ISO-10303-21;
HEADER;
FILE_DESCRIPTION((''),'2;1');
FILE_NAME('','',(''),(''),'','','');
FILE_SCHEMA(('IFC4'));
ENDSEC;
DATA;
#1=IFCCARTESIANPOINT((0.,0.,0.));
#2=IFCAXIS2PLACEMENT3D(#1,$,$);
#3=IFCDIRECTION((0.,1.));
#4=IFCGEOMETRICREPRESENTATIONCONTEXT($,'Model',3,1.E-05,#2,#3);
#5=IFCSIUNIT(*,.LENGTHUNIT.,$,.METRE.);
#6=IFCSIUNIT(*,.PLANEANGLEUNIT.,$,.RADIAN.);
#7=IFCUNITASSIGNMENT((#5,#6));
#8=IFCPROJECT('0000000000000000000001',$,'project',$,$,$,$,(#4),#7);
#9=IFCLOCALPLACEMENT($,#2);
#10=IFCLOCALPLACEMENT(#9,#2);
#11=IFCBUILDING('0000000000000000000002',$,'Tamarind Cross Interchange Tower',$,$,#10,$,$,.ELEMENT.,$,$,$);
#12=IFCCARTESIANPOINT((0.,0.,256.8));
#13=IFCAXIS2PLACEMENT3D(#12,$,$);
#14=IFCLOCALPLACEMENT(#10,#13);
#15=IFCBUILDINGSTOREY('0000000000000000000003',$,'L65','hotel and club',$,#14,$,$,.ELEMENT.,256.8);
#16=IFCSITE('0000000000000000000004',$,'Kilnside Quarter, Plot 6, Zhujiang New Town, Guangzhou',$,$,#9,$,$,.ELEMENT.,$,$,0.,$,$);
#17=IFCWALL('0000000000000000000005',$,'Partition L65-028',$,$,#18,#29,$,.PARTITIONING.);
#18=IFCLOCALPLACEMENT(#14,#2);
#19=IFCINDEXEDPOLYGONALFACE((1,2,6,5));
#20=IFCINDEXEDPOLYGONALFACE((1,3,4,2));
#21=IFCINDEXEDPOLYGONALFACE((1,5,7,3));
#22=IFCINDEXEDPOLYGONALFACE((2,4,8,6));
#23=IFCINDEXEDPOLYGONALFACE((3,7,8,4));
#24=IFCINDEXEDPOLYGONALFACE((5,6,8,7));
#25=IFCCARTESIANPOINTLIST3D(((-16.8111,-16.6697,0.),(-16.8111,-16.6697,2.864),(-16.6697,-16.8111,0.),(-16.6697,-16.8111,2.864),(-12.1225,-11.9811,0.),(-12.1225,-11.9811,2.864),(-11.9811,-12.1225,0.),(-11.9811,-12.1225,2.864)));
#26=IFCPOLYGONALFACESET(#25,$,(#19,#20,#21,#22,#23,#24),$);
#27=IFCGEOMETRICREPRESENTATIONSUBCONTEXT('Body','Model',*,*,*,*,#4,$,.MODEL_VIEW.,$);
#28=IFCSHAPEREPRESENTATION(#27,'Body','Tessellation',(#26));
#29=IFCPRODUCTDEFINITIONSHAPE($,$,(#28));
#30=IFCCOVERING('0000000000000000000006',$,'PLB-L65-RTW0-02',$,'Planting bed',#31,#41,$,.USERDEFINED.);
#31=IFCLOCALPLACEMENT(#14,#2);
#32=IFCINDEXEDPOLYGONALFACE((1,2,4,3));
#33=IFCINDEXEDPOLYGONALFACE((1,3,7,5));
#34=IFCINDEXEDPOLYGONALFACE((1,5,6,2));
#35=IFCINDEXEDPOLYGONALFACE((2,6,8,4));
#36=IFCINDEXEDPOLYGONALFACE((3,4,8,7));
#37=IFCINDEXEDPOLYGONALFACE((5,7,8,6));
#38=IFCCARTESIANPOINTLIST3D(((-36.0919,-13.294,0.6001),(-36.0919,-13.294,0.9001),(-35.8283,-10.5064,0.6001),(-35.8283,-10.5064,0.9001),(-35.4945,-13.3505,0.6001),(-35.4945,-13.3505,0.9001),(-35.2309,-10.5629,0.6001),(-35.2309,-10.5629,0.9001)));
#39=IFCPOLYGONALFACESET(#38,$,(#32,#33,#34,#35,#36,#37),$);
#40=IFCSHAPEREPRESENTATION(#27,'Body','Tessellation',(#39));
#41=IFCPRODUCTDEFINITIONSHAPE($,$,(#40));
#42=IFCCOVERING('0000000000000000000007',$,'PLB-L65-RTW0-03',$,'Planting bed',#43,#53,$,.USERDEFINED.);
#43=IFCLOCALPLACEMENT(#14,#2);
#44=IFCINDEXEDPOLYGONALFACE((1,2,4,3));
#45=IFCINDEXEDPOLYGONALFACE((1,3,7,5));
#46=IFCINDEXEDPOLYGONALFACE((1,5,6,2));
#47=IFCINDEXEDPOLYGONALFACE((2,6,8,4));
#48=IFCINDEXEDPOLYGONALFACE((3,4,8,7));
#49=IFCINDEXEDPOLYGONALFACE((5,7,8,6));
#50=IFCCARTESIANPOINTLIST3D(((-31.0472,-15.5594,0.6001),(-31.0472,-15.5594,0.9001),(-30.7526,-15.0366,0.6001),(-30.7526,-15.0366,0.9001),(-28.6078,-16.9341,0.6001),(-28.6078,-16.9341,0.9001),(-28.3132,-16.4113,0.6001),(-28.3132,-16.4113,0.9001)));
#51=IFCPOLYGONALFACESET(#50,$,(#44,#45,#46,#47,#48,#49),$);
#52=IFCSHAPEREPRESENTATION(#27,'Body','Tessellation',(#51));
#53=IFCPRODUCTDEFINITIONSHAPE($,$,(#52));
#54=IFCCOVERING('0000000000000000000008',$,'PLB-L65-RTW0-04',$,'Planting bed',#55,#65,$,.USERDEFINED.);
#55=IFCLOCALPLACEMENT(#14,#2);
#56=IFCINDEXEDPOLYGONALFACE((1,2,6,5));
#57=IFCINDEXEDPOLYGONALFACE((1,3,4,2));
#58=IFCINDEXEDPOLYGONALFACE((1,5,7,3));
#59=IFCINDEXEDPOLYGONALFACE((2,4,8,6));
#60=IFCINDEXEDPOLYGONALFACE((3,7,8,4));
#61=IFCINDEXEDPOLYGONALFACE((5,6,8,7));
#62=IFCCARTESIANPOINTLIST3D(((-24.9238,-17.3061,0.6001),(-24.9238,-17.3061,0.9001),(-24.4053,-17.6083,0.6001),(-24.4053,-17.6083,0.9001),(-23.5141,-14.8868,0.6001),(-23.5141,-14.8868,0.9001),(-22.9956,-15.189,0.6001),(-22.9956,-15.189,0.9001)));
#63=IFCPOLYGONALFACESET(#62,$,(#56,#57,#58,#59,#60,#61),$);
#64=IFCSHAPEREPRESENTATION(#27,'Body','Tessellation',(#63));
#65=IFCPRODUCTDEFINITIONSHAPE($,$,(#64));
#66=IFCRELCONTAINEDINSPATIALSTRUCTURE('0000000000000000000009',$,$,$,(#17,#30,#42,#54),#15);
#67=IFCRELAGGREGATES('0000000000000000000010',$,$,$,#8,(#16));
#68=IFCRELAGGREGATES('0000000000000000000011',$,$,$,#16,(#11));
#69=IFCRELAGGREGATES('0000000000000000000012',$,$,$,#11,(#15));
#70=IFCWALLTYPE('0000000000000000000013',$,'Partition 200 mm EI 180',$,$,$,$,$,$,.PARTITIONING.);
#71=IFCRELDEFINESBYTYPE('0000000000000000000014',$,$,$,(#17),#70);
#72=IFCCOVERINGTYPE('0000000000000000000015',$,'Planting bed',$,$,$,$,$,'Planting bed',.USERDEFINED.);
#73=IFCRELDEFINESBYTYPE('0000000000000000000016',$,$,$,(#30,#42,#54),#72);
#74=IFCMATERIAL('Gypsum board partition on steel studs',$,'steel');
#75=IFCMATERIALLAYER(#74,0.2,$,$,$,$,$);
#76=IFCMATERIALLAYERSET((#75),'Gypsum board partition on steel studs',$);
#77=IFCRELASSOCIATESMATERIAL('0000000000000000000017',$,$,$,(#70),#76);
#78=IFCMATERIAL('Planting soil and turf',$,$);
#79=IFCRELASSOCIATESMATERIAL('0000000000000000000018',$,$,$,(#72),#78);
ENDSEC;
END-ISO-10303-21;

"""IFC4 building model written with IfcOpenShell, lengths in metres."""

from ifc_helpers import new_model, si_unit, direction, frame, frame_2d, origin, origin_2d, place, context, subcontext, project, spatial, rectangle, extrude, material, layer, layer_set, type_object, element, save


model = new_model("IFC4")

# Units and contexts
model_context = context("Model", 3, precision=1e-05, world=origin(), true_north=direction((0.0, 1.0)))
body_context = subcontext(model_context, "Body", "Model", "MODEL_VIEW")
ifc_project = project(units=[si_unit("LENGTHUNIT", "METRE"), si_unit("PLANEANGLEUNIT", "RADIAN")], contexts=[model_context])

# Site, building, storey
site_placement = place(None, origin())
site = spatial("IfcSite", under=ifc_project, at=site_placement, Name="Kilnside Quarter, Plot 6, Zhujiang New Town, Guangzhou", CompositionType="ELEMENT", RefElevation=0.0)
building_placement = place(site_placement, origin())
building = spatial("IfcBuilding", under=site, at=building_placement, Name="Tamarind Cross Interchange Tower", CompositionType="ELEMENT")
storey_placement = place(building_placement, frame((0.0, 0.0, 256.8)))
storey = spatial("IfcBuildingStorey", under=building, at=storey_placement, Name="L65", Description="hotel and club", CompositionType="ELEMENT", Elevation=256.8)

# Shared definitions
ifc_material_1 = material(Name="Gypsum board partition on steel studs", Category="steel")

# Shared definitions
ifc_layer_1 = layer(ifc_material_1, 0.2)
ifc_layer_set_1 = layer_set([ifc_layer_1], Name="Gypsum board partition on steel studs")
wall_type_1 = type_object("IfcWallType", Name="Partition 200 mm EI 180", PredefinedType="PARTITIONING", material=ifc_layer_set_1)

# Wall
wall_1_placement = place(storey_placement, frame((-16.7405, -16.7405, 0.0), z_axis=(0.0, 0.0, 1.0), x_axis=(0.707107, 0.707107, 0.0)))
element("IfcWall", 1, at=wall_1_placement, inside=storey, type_object=wall_type_1, Name="Partition L65-028", PredefinedType="PARTITIONING", context=body_context, shape_type="SweptSolid", body=[
    extrude(rectangle(XDim=6.6306, YDim=0.2, at=frame_2d((3.3154, 0.0))), origin(), (0.0, 0.0, 1.0), 2.864),
])

# Coverings
ifc_material_2 = material(Name="Planting soil and turf")
covering_type = type_object("IfcCoveringType", Name="Planting bed", ElementType="Planting bed", PredefinedType="USERDEFINED", material=ifc_material_2)
for number, where, z_axis, x_axis, name in (
    (2, (-35.6614, -11.9285, 0.6001), (0.0, 0.0, 1.0), (-0.094136, -0.995559, 0.0), "PLB-L65-RTW0-02"),
    (3, (-29.6802, -15.9854, 0.6001), (0.0, 0.0, 1.0), (0.8712, -0.490928, 0.0), "PLB-L65-RTW0-03"),
    (4, (-23.9597, -16.2476, 0.6001), (0.0, 0.0, 1.0), (0.503461, 0.864018, 0.0), "PLB-L65-RTW0-04"),
):
    element("IfcCovering", number, at=place(storey_placement, frame(where, z_axis=z_axis, x_axis=x_axis)), inside=storey, type_object=covering_type, Name=name, ObjectType="Planting bed", PredefinedType="USERDEFINED", context=body_context, shape_type="SweptSolid", body=[
        extrude(rectangle(XDim=2.8, YDim=0.6001, at=origin_2d()), origin(), (0.0, 0.0, 1.0), 0.3),
    ])

save(model, "model.ifc")
